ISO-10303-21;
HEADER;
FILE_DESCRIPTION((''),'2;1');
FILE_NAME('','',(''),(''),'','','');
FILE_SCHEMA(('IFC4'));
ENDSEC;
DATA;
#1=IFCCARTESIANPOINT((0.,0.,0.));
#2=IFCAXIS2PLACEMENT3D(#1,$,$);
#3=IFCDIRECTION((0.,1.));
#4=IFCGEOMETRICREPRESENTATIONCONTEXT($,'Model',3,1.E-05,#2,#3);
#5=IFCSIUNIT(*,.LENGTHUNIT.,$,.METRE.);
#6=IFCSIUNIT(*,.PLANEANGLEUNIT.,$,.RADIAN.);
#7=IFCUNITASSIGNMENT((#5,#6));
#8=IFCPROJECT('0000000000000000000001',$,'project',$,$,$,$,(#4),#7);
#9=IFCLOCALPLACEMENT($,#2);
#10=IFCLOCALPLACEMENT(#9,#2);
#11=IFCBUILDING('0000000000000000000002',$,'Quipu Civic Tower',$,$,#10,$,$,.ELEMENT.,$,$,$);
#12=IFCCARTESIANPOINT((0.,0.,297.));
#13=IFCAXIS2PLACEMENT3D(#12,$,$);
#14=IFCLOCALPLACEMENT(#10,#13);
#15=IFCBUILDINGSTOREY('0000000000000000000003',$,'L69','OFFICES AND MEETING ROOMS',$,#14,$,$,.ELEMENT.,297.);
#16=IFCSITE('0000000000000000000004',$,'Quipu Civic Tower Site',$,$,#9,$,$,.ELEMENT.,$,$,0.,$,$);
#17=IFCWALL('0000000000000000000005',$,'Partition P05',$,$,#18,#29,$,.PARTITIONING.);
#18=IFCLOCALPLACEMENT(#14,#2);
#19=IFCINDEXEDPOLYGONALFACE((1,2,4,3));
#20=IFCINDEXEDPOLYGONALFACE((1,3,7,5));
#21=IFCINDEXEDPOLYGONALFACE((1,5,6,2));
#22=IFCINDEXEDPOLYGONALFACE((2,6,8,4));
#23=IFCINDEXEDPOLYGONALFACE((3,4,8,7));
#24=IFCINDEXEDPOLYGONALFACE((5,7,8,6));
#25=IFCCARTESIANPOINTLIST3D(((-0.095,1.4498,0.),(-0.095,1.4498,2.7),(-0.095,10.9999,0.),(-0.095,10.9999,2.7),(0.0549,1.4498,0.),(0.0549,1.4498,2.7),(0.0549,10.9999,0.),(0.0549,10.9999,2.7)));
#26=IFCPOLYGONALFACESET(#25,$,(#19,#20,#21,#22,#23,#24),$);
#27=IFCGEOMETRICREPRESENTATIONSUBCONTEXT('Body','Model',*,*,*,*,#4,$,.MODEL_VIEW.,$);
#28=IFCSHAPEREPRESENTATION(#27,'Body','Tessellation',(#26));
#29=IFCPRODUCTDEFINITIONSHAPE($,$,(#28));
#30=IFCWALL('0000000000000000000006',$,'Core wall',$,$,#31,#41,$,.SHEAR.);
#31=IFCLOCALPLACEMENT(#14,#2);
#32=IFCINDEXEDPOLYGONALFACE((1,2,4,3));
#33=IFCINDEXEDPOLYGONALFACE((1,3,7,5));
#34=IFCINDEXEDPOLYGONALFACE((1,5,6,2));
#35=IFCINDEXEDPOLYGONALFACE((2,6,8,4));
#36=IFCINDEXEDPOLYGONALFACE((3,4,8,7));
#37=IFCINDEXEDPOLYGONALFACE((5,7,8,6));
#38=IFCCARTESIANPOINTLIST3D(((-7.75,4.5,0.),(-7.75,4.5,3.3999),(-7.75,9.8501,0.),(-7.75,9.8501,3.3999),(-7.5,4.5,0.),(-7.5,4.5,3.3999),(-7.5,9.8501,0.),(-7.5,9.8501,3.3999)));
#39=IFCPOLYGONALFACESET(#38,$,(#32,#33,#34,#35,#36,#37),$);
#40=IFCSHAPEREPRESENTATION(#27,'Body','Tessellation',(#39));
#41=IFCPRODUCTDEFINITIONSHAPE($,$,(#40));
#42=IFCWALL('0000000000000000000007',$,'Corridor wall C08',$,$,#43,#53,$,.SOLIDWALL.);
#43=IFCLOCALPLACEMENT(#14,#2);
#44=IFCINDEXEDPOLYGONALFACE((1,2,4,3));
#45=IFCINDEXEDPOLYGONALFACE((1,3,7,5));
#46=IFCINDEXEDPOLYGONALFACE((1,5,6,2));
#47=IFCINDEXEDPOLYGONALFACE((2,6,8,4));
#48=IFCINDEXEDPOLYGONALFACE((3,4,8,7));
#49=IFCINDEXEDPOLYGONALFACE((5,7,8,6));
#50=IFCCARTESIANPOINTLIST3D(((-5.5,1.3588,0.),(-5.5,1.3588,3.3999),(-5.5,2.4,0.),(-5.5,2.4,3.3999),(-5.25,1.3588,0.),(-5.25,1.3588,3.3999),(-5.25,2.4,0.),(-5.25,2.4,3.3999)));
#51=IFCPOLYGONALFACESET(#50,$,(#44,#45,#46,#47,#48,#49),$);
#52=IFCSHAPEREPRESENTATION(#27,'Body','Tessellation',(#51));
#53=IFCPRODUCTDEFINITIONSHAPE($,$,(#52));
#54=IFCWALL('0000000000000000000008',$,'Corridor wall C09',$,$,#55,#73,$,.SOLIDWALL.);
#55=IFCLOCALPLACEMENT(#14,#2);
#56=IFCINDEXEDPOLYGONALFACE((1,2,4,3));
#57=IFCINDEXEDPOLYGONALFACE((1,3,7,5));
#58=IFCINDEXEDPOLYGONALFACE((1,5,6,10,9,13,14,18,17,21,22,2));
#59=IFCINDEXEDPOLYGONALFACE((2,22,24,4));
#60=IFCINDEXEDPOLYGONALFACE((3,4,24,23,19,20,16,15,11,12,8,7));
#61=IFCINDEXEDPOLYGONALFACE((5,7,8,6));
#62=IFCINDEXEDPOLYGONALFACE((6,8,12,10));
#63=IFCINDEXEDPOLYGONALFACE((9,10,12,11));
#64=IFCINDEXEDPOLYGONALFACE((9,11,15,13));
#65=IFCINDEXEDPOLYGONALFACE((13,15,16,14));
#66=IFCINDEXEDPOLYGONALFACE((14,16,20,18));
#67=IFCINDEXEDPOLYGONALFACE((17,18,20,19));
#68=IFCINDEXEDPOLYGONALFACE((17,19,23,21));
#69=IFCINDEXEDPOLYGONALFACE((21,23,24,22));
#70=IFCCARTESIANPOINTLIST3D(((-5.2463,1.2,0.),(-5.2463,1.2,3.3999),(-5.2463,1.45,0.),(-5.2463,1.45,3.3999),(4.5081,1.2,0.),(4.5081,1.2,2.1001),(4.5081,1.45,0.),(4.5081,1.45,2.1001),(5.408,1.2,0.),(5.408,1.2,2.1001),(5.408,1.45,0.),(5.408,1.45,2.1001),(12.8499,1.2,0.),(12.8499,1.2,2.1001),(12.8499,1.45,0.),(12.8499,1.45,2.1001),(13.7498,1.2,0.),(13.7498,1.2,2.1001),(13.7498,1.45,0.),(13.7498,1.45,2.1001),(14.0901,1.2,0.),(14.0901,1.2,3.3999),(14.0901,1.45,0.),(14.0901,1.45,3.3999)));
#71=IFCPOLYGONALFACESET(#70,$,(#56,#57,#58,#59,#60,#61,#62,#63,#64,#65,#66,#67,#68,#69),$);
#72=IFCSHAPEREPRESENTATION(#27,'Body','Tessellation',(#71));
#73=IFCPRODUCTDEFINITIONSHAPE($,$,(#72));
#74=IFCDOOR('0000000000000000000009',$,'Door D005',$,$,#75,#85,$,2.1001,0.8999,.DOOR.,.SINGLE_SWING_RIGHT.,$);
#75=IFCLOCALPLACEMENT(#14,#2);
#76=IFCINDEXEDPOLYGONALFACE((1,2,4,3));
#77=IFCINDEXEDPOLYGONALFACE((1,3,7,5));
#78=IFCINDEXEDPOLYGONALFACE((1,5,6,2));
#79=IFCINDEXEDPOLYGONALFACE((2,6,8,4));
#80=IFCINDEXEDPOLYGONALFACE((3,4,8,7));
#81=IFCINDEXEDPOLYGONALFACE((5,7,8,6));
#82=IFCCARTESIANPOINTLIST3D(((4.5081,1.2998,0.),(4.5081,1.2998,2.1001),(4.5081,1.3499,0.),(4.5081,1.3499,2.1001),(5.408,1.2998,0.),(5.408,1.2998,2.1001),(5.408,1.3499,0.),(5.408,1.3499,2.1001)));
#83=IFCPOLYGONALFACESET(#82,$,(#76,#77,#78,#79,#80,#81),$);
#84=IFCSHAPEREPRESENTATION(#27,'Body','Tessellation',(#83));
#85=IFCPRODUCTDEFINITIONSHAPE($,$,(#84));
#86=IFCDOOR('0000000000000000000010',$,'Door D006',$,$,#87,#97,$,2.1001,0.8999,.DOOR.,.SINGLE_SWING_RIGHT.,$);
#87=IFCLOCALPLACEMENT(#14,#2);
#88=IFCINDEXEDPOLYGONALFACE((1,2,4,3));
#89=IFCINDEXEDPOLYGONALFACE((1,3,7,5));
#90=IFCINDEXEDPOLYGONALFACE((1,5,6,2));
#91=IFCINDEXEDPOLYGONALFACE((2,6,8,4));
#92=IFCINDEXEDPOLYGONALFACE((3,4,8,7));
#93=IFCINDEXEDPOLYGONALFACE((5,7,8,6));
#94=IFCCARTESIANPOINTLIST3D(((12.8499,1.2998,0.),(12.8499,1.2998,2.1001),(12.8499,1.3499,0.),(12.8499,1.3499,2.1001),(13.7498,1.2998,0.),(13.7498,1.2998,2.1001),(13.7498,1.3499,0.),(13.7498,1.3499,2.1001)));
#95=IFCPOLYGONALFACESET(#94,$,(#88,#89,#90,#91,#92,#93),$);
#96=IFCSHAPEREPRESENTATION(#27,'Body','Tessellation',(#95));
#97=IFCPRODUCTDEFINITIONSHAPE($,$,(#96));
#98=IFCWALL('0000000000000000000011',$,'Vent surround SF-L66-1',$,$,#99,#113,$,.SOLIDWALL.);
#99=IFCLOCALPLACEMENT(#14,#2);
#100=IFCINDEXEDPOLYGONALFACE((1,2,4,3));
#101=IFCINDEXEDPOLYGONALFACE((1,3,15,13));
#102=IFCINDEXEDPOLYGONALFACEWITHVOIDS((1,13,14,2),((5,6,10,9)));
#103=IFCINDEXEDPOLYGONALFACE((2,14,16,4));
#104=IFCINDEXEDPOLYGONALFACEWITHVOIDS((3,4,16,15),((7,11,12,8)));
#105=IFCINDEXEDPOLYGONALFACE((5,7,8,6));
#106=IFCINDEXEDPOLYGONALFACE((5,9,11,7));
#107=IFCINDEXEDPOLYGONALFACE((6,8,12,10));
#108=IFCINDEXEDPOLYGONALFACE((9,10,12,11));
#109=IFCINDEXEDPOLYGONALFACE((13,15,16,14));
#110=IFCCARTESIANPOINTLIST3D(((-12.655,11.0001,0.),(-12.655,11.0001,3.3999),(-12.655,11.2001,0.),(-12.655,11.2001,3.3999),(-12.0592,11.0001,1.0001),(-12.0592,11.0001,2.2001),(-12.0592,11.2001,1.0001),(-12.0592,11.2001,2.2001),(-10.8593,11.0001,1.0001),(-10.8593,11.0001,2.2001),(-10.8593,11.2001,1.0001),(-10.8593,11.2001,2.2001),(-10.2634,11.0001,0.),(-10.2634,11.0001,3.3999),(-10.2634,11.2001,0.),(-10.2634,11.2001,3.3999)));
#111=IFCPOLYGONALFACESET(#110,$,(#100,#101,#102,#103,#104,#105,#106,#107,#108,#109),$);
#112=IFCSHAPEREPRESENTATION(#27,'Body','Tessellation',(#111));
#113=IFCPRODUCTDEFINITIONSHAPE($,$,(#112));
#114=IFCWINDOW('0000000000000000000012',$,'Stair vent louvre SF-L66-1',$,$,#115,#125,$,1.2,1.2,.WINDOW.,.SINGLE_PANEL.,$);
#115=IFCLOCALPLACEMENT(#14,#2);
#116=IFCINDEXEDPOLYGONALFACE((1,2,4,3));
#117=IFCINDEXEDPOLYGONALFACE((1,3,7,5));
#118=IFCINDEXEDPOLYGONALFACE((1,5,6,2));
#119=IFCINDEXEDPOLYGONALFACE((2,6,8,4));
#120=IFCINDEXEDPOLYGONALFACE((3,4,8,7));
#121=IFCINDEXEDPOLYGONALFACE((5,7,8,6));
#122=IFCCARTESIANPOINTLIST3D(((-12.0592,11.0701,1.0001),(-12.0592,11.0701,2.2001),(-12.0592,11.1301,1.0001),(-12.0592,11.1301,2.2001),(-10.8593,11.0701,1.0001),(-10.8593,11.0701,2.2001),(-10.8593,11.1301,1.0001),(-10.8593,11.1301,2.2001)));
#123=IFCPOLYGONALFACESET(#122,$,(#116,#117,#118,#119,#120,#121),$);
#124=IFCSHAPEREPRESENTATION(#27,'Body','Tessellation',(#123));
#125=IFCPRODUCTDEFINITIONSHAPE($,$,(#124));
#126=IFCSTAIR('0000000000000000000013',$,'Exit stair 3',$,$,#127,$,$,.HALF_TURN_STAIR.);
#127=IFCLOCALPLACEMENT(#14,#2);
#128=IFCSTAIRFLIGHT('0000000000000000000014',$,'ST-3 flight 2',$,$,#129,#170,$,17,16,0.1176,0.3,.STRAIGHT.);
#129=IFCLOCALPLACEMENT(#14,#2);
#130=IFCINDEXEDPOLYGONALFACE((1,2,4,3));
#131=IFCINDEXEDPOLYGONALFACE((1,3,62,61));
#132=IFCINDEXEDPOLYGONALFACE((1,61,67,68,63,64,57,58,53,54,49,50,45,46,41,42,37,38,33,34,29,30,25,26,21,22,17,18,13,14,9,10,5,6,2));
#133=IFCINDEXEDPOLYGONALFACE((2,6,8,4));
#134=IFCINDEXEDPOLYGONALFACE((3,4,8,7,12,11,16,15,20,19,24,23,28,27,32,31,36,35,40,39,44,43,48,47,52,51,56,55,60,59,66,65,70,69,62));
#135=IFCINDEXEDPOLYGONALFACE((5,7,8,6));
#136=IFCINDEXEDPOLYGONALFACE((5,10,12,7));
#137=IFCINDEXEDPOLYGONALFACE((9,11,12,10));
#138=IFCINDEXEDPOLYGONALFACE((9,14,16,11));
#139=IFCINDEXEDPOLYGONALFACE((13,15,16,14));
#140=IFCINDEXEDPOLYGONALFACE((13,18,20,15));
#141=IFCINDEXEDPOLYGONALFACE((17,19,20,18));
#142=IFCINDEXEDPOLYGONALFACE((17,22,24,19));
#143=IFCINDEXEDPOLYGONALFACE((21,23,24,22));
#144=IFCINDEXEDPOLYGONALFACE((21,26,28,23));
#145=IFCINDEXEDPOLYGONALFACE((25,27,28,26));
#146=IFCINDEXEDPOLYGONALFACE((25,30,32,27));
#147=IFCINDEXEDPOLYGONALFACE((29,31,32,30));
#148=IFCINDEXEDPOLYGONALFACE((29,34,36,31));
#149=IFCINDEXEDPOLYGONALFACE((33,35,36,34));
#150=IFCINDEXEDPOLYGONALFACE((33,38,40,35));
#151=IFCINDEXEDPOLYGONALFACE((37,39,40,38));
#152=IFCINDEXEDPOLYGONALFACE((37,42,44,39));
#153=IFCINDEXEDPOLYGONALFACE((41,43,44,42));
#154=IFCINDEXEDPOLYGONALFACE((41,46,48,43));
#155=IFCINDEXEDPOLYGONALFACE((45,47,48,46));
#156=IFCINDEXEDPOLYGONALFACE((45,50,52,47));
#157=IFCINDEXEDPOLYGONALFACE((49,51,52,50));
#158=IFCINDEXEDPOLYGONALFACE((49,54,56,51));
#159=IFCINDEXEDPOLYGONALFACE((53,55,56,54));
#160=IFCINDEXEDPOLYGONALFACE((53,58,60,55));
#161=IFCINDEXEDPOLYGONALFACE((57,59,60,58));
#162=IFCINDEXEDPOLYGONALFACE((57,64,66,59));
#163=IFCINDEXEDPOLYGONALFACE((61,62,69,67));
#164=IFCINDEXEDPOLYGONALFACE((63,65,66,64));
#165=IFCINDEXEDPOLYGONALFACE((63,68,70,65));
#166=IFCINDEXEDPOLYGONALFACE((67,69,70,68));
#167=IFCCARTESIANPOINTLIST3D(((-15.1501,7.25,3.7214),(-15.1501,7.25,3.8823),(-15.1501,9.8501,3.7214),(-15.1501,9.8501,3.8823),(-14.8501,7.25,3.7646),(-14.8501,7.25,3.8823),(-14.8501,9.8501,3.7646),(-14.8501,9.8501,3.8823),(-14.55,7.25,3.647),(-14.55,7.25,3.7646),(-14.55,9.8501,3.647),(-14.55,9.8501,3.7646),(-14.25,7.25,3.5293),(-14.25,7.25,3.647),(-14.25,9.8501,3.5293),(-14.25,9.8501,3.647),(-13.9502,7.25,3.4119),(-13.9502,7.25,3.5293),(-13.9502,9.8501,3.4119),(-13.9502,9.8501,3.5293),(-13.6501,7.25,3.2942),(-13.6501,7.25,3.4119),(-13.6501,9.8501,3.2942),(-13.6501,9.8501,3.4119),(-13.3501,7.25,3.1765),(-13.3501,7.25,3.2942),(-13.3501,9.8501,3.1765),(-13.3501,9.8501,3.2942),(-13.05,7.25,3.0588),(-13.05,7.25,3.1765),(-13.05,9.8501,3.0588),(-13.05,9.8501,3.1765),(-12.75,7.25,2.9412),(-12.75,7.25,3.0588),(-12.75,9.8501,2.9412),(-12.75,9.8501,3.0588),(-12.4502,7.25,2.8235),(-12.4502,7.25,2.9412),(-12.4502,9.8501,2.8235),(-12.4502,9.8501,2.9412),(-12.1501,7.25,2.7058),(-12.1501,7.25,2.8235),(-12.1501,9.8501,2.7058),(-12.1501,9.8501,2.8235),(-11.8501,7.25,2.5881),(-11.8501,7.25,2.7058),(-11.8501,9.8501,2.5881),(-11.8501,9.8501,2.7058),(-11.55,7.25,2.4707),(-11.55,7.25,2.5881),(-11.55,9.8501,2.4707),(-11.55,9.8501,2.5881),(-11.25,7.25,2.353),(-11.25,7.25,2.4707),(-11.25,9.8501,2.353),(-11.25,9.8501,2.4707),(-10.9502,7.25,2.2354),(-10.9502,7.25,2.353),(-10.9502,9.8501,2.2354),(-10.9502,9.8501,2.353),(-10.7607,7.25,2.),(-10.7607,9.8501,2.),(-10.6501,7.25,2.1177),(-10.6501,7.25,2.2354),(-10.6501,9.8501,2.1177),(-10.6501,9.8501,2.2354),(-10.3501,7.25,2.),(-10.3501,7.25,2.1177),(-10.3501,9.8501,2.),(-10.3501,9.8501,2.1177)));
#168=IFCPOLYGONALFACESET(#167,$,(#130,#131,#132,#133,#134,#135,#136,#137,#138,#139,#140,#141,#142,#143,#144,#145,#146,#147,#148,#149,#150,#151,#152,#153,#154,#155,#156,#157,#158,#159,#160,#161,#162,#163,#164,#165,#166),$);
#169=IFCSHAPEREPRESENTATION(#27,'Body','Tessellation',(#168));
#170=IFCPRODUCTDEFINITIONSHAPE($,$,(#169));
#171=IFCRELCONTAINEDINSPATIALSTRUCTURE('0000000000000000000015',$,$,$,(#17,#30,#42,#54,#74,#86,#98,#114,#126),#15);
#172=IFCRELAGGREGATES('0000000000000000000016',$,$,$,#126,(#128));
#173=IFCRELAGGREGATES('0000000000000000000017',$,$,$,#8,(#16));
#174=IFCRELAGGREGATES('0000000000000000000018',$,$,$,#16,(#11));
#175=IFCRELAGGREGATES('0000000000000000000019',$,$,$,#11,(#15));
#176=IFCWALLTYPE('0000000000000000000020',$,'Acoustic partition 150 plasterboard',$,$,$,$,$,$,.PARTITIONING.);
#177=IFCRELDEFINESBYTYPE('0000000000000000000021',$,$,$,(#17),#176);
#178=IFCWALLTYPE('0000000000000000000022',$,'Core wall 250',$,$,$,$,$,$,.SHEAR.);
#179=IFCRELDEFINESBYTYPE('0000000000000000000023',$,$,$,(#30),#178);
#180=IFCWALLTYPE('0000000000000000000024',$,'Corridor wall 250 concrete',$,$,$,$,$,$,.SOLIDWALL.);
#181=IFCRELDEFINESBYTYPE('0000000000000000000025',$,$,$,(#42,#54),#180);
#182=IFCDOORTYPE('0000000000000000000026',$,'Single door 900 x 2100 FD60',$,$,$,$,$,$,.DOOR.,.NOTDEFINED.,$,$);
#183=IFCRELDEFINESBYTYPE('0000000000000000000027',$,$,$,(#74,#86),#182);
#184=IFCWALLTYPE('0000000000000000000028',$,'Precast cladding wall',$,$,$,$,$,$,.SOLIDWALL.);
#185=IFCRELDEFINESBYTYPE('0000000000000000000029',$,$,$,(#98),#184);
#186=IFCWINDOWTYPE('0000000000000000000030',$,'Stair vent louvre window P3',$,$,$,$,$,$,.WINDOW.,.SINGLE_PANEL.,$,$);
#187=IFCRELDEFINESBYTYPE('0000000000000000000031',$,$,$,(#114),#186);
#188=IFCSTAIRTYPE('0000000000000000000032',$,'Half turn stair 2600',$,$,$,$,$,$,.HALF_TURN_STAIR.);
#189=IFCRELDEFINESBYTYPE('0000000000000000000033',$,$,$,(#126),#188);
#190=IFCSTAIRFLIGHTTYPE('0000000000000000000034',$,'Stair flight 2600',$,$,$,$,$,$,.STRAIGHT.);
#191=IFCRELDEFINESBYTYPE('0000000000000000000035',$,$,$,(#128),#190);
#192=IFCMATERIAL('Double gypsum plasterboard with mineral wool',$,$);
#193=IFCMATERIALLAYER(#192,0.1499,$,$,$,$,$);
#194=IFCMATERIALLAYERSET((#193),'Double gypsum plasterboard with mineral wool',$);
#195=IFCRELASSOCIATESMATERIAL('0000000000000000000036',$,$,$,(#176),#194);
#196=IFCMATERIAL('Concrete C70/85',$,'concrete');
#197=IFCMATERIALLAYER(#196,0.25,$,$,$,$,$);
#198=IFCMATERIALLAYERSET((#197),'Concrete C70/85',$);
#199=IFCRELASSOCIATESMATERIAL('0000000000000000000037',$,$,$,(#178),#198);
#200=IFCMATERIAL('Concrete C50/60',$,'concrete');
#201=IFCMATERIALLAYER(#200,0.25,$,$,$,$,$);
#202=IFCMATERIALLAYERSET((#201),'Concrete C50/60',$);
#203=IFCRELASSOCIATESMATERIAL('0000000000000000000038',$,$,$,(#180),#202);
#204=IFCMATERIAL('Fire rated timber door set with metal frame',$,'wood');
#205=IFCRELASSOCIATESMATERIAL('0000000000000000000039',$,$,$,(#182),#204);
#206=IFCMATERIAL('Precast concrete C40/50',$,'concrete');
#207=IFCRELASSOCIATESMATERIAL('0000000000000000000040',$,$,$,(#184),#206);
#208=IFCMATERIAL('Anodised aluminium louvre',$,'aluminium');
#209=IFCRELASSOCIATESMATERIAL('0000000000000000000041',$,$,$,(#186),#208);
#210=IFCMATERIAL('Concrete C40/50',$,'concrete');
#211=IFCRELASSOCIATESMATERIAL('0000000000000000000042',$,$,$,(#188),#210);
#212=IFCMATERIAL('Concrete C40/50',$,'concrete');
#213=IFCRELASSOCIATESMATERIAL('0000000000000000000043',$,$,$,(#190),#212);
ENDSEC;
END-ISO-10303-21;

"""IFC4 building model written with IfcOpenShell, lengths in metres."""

from ifc_helpers import new_model, si_unit, direction, frame, frame_2d, origin, place, context, subcontext, project, spatial, polyline, rectangle, outline, extrude, material, layer, layer_set, type_object, element, fill, aggregate, save


model = new_model("IFC4")

# Units and contexts
model_context = context("Model", 3, precision=1e-05, world=origin(), true_north=direction((0.0, 1.0)))
body_context = subcontext(model_context, "Body", "Model", "MODEL_VIEW")
ifc_project = project(units=[si_unit("LENGTHUNIT", "METRE"), si_unit("PLANEANGLEUNIT", "RADIAN")], contexts=[model_context])

# Site, building, storey
site_placement = place(None, origin())
site = spatial("IfcSite", under=ifc_project, at=site_placement, Name="Quipu Civic Tower Site", CompositionType="ELEMENT", RefElevation=0.0)
building_placement = place(site_placement, origin())
building = spatial("IfcBuilding", under=site, at=building_placement, Name="Quipu Civic Tower", CompositionType="ELEMENT")
storey_placement = place(building_placement, frame((0.0, 0.0, 297.0)))
storey = spatial("IfcBuildingStorey", under=building, at=storey_placement, Name="L69", Description="OFFICES AND MEETING ROOMS", CompositionType="ELEMENT", Elevation=297.0)

# Walls
ifc_material_1 = material(Name="Double gypsum plasterboard with mineral wool")
ifc_layer_1 = layer(ifc_material_1, 0.1499)
ifc_layer_set_1 = layer_set([ifc_layer_1], Name="Double gypsum plasterboard with mineral wool")
wall_type_1 = type_object("IfcWallType", Name="Acoustic partition 150 plasterboard", PredefinedType="PARTITIONING", material=ifc_layer_set_1)
wall_1_placement = place(storey_placement, frame((-0.02, 1.45, 0.0), z_axis=(0.0, 0.0, 1.0), x_axis=(0.0, 1.0, 0.0)))
element("IfcWall", 1, at=wall_1_placement, inside=storey, type_object=wall_type_1, Name="Partition P05", PredefinedType="PARTITIONING", context=body_context, shape_type="SweptSolid", body=[
    extrude(rectangle(XDim=9.55, YDim=0.1499, at=frame_2d((4.7749, 0.0))), origin(), (0.0, 0.0, 1.0), 2.7),
])
ifc_material_2 = material(Name="Concrete C70/85", Category="concrete")
ifc_layer_2 = layer(ifc_material_2, 0.25)
ifc_layer_set_2 = layer_set([ifc_layer_2], Name="Concrete C70/85")
wall_type_2 = type_object("IfcWallType", Name="Core wall 250", PredefinedType="SHEAR", material=ifc_layer_set_2)
wall_2_placement = place(storey_placement, frame((-7.625, 4.5, 0.0), z_axis=(0.0, 0.0, 1.0), x_axis=(0.0, 1.0, 0.0)))
element("IfcWall", 2, at=wall_2_placement, inside=storey, type_object=wall_type_2, Name="Core wall", PredefinedType="SHEAR", context=body_context, shape_type="SweptSolid", body=[
    extrude(rectangle(XDim=5.3501, YDim=0.25, at=frame_2d((2.675, 0.0))), origin(), (0.0, 0.0, 1.0), 3.3999),
])
ifc_material_3 = material(Name="Concrete C50/60", Category="concrete")
ifc_layer_3 = layer(ifc_material_3, 0.25)
ifc_layer_set_3 = layer_set([ifc_layer_3], Name="Concrete C50/60")
wall_type_3 = type_object("IfcWallType", Name="Corridor wall 250 concrete", PredefinedType="SOLIDWALL", material=ifc_layer_set_3)
wall_3_placement = place(storey_placement, frame((-5.375, 2.3999, 0.0), z_axis=(0.0, 0.0, 1.0), x_axis=(0.0, -1.0, 0.0)))
element("IfcWall", 3, at=wall_3_placement, inside=storey, type_object=wall_type_3, Name="Corridor wall C08", PredefinedType="SOLIDWALL", context=body_context, shape_type="SweptSolid", body=[
    extrude(rectangle(XDim=1.0413, YDim=0.25, at=frame_2d((0.5205, 0.0))), origin(), (0.0, 0.0, 1.0), 3.3999),
])

# Wall, openings, doors
wall_4_placement = place(storey_placement, frame((-5.2463, 1.325, 0.0), z_axis=(0.0, 0.0, 1.0), x_axis=(1.0, 0.0, 0.0)))
wall_4 = element("IfcWall", 4, at=wall_4_placement, inside=storey, type_object=wall_type_3, Name="Corridor wall C09", PredefinedType="SOLIDWALL", context=body_context, shape_type="SweptSolid", body=[
    extrude(rectangle(XDim=19.3364, YDim=0.25, at=frame_2d((9.6682, 0.0))), origin(), (0.0, 0.0, 1.0), 3.3999),
])
opening_1_placement = place(wall_4_placement, frame((9.7544, 0.0, 0.0)))
opening_1 = element("IfcOpeningElement", 5, at=opening_1_placement, cuts=wall_4, PredefinedType="OPENING", context=body_context, shape_type="SweptSolid", body=[
    extrude(rectangle(XDim=0.8999, YDim=2.1001, at=frame_2d((0.45, 1.05))), frame((0.0, 0.135, 0.0), z_axis=(0.0, -1.0, 0.0), x_axis=(1.0, 0.0, 0.0)), (0.0, 0.0, 1.0), 0.27),
])
opening_2_placement = place(wall_4_placement, frame((18.0962, 0.0, 0.0)))
opening_2 = element("IfcOpeningElement", 6, at=opening_2_placement, cuts=wall_4, PredefinedType="OPENING", context=body_context, shape_type="SweptSolid", body=[
    extrude(rectangle(XDim=0.8999, YDim=2.1001, at=frame_2d((0.45, 1.05))), frame((0.0, 0.135, 0.0), z_axis=(0.0, -1.0, 0.0), x_axis=(1.0, 0.0, 0.0)), (0.0, 0.0, 1.0), 0.27),
])
ifc_material_4 = material(Name="Fire rated timber door set with metal frame", Category="wood")
door_type = type_object("IfcDoorType", Name="Single door 900 x 2100 FD60", OperationType="NOTDEFINED", PredefinedType="DOOR", material=ifc_material_4)
door_1_placement = place(opening_1_placement, origin())
door_1 = element("IfcDoor", 7, at=door_1_placement, inside=storey, type_object=door_type, Name="Door D005", OperationType="SINGLE_SWING_RIGHT", OverallHeight=2.1001, OverallWidth=0.8999, PredefinedType="DOOR", context=body_context, shape_type="SweptSolid", body=[
    extrude(rectangle(XDim=0.8999, YDim=2.1001, at=frame_2d((0.45, 1.05))), frame((0.0, 0.0249, 0.0), z_axis=(0.0, -1.0, 0.0), x_axis=(1.0, 0.0, 0.0)), (0.0, 0.0, 1.0), 0.05),
])
fill(opening_1, door_1)
door_2_placement = place(opening_2_placement, origin())
door_2 = element("IfcDoor", 8, at=door_2_placement, inside=storey, type_object=door_type, Name="Door D006", OperationType="SINGLE_SWING_RIGHT", OverallHeight=2.1001, OverallWidth=0.8999, PredefinedType="DOOR", context=body_context, shape_type="SweptSolid", body=[
    extrude(rectangle(XDim=0.8999, YDim=2.1001, at=frame_2d((0.45, 1.05))), frame((0.0, 0.0249, 0.0), z_axis=(0.0, -1.0, 0.0), x_axis=(1.0, 0.0, 0.0)), (0.0, 0.0, 1.0), 0.05),
])
fill(opening_2, door_2)

# Wall, opening, window
ifc_material_5 = material(Name="Precast concrete C40/50", Category="concrete")
wall_type_4 = type_object("IfcWallType", Name="Precast cladding wall", PredefinedType="SOLIDWALL", material=ifc_material_5)
wall_5_placement = place(storey_placement, frame((-10.2634, 11.1001, 0.0), z_axis=(0.0, 0.0, 1.0), x_axis=(-1.0, 0.0, 0.0)))
wall_5 = element("IfcWall", 9, at=wall_5_placement, inside=storey, type_object=wall_type_4, Name="Vent surround SF-L66-1", PredefinedType="SOLIDWALL", context=body_context, shape_type="SweptSolid", body=[
    extrude(rectangle(XDim=2.3916, YDim=0.2, at=frame_2d((1.1958, 0.0))), origin(), (0.0, 0.0, 1.0), 3.3999),
])
opening_3_placement = place(wall_5_placement, frame((0.5957, 0.0, 1.0)))
opening_3 = element("IfcOpeningElement", 10, at=opening_3_placement, cuts=wall_5, PredefinedType="OPENING", context=body_context, shape_type="SweptSolid", body=[
    extrude(rectangle(XDim=1.2, YDim=1.2, at=frame_2d((0.6001, 0.6001))), frame((0.0, 0.1099, 0.0), z_axis=(0.0, -1.0, 0.0), x_axis=(1.0, 0.0, 0.0)), (0.0, 0.0, 1.0), 0.22),
])
ifc_material_6 = material(Name="Anodised aluminium louvre", Category="aluminium")
window_type = type_object("IfcWindowType", Name="Stair vent louvre window P3", PartitioningType="SINGLE_PANEL", PredefinedType="WINDOW", material=ifc_material_6)
window_placement = place(opening_3_placement, origin())
window = element("IfcWindow", 11, at=window_placement, inside=storey, type_object=window_type, Name="Stair vent louvre SF-L66-1", OverallHeight=1.2, OverallWidth=1.2, PartitioningType="SINGLE_PANEL", PredefinedType="WINDOW", context=body_context, shape_type="SweptSolid", body=[
    extrude(rectangle(XDim=1.2, YDim=1.2, at=frame_2d((0.6001, 0.6001))), frame((0.0, 0.03, 0.0), z_axis=(0.0, -1.0, 0.0), x_axis=(1.0, 0.0, 0.0)), (0.0, 0.0, 1.0), 0.0601),
])
fill(opening_3, window)

# Stair, stair flight
ifc_material_7 = material(Name="Concrete C40/50", Category="concrete")
stair_type = type_object("IfcStairType", Name="Half turn stair 2600", PredefinedType="HALF_TURN_STAIR", material=ifc_material_7)
stair_placement = place(storey_placement, origin())
stair = element("IfcStair", 12, at=stair_placement, inside=storey, type_object=stair_type, Name="Exit stair 3", PredefinedType="HALF_TURN_STAIR")
ifc_material_8 = material(Name="Concrete C40/50", Category="concrete")
stair_flight_type = type_object("IfcStairFlightType", Name="Stair flight 2600", PredefinedType="STRAIGHT", material=ifc_material_8)
stair_flight_placement = place(storey_placement, frame((-10.3501, 8.55, 2.0), z_axis=(0.0, 0.0, 1.0), x_axis=(-1.0, 0.0, 0.0)))
stair_flight = element("IfcStairFlight", 13, at=stair_flight_placement, type_object=stair_flight_type, Name="ST-3 flight 2", NumberOfRisers=17, NumberOfTreads=16, PredefinedType="STRAIGHT", RiserHeight=0.1176, TreadLength=0.3, context=body_context, shape_type="SweptSolid", body=[
    extrude(outline(polyline([(0.0, 0.0), (0.0, 0.1177), (0.3, 0.1177), (0.3, 0.2354), (0.6001, 0.2354), (0.6001, 0.353), (0.8999, 0.353), (0.8999, 0.4707), (1.2, 0.4707), (1.2, 0.5881), (1.5, 0.5881), (1.5, 0.7058), (1.8, 0.7058), (1.8, 0.8235), (2.1001, 0.8235), (2.1001, 0.9412), (2.3999, 0.9412), (2.3999, 1.0588), (2.7, 1.0588), (2.7, 1.1765), (3.0, 1.1765), (3.0, 1.2942), (3.3, 1.2942), (3.3, 1.4119), (3.6001, 1.4119), (3.6001, 1.5293), (3.8999, 1.5293), (3.8999, 1.647), (4.2, 1.647), (4.2, 1.7646), (4.5, 1.7646), (4.5, 1.8823), (4.8, 1.8823), (4.8, 2.0), (4.8, 1.7214), (0.4106, 0.0), (0.0, 0.0)])), frame((0.0, 1.3, 0.0), z_axis=(0.0, -1.0, 0.0), x_axis=(1.0, 0.0, 0.0)), (0.0, 0.0, 1.0), 2.6001),
])
aggregate(stair, [stair_flight])

save(model, "model.ifc")
